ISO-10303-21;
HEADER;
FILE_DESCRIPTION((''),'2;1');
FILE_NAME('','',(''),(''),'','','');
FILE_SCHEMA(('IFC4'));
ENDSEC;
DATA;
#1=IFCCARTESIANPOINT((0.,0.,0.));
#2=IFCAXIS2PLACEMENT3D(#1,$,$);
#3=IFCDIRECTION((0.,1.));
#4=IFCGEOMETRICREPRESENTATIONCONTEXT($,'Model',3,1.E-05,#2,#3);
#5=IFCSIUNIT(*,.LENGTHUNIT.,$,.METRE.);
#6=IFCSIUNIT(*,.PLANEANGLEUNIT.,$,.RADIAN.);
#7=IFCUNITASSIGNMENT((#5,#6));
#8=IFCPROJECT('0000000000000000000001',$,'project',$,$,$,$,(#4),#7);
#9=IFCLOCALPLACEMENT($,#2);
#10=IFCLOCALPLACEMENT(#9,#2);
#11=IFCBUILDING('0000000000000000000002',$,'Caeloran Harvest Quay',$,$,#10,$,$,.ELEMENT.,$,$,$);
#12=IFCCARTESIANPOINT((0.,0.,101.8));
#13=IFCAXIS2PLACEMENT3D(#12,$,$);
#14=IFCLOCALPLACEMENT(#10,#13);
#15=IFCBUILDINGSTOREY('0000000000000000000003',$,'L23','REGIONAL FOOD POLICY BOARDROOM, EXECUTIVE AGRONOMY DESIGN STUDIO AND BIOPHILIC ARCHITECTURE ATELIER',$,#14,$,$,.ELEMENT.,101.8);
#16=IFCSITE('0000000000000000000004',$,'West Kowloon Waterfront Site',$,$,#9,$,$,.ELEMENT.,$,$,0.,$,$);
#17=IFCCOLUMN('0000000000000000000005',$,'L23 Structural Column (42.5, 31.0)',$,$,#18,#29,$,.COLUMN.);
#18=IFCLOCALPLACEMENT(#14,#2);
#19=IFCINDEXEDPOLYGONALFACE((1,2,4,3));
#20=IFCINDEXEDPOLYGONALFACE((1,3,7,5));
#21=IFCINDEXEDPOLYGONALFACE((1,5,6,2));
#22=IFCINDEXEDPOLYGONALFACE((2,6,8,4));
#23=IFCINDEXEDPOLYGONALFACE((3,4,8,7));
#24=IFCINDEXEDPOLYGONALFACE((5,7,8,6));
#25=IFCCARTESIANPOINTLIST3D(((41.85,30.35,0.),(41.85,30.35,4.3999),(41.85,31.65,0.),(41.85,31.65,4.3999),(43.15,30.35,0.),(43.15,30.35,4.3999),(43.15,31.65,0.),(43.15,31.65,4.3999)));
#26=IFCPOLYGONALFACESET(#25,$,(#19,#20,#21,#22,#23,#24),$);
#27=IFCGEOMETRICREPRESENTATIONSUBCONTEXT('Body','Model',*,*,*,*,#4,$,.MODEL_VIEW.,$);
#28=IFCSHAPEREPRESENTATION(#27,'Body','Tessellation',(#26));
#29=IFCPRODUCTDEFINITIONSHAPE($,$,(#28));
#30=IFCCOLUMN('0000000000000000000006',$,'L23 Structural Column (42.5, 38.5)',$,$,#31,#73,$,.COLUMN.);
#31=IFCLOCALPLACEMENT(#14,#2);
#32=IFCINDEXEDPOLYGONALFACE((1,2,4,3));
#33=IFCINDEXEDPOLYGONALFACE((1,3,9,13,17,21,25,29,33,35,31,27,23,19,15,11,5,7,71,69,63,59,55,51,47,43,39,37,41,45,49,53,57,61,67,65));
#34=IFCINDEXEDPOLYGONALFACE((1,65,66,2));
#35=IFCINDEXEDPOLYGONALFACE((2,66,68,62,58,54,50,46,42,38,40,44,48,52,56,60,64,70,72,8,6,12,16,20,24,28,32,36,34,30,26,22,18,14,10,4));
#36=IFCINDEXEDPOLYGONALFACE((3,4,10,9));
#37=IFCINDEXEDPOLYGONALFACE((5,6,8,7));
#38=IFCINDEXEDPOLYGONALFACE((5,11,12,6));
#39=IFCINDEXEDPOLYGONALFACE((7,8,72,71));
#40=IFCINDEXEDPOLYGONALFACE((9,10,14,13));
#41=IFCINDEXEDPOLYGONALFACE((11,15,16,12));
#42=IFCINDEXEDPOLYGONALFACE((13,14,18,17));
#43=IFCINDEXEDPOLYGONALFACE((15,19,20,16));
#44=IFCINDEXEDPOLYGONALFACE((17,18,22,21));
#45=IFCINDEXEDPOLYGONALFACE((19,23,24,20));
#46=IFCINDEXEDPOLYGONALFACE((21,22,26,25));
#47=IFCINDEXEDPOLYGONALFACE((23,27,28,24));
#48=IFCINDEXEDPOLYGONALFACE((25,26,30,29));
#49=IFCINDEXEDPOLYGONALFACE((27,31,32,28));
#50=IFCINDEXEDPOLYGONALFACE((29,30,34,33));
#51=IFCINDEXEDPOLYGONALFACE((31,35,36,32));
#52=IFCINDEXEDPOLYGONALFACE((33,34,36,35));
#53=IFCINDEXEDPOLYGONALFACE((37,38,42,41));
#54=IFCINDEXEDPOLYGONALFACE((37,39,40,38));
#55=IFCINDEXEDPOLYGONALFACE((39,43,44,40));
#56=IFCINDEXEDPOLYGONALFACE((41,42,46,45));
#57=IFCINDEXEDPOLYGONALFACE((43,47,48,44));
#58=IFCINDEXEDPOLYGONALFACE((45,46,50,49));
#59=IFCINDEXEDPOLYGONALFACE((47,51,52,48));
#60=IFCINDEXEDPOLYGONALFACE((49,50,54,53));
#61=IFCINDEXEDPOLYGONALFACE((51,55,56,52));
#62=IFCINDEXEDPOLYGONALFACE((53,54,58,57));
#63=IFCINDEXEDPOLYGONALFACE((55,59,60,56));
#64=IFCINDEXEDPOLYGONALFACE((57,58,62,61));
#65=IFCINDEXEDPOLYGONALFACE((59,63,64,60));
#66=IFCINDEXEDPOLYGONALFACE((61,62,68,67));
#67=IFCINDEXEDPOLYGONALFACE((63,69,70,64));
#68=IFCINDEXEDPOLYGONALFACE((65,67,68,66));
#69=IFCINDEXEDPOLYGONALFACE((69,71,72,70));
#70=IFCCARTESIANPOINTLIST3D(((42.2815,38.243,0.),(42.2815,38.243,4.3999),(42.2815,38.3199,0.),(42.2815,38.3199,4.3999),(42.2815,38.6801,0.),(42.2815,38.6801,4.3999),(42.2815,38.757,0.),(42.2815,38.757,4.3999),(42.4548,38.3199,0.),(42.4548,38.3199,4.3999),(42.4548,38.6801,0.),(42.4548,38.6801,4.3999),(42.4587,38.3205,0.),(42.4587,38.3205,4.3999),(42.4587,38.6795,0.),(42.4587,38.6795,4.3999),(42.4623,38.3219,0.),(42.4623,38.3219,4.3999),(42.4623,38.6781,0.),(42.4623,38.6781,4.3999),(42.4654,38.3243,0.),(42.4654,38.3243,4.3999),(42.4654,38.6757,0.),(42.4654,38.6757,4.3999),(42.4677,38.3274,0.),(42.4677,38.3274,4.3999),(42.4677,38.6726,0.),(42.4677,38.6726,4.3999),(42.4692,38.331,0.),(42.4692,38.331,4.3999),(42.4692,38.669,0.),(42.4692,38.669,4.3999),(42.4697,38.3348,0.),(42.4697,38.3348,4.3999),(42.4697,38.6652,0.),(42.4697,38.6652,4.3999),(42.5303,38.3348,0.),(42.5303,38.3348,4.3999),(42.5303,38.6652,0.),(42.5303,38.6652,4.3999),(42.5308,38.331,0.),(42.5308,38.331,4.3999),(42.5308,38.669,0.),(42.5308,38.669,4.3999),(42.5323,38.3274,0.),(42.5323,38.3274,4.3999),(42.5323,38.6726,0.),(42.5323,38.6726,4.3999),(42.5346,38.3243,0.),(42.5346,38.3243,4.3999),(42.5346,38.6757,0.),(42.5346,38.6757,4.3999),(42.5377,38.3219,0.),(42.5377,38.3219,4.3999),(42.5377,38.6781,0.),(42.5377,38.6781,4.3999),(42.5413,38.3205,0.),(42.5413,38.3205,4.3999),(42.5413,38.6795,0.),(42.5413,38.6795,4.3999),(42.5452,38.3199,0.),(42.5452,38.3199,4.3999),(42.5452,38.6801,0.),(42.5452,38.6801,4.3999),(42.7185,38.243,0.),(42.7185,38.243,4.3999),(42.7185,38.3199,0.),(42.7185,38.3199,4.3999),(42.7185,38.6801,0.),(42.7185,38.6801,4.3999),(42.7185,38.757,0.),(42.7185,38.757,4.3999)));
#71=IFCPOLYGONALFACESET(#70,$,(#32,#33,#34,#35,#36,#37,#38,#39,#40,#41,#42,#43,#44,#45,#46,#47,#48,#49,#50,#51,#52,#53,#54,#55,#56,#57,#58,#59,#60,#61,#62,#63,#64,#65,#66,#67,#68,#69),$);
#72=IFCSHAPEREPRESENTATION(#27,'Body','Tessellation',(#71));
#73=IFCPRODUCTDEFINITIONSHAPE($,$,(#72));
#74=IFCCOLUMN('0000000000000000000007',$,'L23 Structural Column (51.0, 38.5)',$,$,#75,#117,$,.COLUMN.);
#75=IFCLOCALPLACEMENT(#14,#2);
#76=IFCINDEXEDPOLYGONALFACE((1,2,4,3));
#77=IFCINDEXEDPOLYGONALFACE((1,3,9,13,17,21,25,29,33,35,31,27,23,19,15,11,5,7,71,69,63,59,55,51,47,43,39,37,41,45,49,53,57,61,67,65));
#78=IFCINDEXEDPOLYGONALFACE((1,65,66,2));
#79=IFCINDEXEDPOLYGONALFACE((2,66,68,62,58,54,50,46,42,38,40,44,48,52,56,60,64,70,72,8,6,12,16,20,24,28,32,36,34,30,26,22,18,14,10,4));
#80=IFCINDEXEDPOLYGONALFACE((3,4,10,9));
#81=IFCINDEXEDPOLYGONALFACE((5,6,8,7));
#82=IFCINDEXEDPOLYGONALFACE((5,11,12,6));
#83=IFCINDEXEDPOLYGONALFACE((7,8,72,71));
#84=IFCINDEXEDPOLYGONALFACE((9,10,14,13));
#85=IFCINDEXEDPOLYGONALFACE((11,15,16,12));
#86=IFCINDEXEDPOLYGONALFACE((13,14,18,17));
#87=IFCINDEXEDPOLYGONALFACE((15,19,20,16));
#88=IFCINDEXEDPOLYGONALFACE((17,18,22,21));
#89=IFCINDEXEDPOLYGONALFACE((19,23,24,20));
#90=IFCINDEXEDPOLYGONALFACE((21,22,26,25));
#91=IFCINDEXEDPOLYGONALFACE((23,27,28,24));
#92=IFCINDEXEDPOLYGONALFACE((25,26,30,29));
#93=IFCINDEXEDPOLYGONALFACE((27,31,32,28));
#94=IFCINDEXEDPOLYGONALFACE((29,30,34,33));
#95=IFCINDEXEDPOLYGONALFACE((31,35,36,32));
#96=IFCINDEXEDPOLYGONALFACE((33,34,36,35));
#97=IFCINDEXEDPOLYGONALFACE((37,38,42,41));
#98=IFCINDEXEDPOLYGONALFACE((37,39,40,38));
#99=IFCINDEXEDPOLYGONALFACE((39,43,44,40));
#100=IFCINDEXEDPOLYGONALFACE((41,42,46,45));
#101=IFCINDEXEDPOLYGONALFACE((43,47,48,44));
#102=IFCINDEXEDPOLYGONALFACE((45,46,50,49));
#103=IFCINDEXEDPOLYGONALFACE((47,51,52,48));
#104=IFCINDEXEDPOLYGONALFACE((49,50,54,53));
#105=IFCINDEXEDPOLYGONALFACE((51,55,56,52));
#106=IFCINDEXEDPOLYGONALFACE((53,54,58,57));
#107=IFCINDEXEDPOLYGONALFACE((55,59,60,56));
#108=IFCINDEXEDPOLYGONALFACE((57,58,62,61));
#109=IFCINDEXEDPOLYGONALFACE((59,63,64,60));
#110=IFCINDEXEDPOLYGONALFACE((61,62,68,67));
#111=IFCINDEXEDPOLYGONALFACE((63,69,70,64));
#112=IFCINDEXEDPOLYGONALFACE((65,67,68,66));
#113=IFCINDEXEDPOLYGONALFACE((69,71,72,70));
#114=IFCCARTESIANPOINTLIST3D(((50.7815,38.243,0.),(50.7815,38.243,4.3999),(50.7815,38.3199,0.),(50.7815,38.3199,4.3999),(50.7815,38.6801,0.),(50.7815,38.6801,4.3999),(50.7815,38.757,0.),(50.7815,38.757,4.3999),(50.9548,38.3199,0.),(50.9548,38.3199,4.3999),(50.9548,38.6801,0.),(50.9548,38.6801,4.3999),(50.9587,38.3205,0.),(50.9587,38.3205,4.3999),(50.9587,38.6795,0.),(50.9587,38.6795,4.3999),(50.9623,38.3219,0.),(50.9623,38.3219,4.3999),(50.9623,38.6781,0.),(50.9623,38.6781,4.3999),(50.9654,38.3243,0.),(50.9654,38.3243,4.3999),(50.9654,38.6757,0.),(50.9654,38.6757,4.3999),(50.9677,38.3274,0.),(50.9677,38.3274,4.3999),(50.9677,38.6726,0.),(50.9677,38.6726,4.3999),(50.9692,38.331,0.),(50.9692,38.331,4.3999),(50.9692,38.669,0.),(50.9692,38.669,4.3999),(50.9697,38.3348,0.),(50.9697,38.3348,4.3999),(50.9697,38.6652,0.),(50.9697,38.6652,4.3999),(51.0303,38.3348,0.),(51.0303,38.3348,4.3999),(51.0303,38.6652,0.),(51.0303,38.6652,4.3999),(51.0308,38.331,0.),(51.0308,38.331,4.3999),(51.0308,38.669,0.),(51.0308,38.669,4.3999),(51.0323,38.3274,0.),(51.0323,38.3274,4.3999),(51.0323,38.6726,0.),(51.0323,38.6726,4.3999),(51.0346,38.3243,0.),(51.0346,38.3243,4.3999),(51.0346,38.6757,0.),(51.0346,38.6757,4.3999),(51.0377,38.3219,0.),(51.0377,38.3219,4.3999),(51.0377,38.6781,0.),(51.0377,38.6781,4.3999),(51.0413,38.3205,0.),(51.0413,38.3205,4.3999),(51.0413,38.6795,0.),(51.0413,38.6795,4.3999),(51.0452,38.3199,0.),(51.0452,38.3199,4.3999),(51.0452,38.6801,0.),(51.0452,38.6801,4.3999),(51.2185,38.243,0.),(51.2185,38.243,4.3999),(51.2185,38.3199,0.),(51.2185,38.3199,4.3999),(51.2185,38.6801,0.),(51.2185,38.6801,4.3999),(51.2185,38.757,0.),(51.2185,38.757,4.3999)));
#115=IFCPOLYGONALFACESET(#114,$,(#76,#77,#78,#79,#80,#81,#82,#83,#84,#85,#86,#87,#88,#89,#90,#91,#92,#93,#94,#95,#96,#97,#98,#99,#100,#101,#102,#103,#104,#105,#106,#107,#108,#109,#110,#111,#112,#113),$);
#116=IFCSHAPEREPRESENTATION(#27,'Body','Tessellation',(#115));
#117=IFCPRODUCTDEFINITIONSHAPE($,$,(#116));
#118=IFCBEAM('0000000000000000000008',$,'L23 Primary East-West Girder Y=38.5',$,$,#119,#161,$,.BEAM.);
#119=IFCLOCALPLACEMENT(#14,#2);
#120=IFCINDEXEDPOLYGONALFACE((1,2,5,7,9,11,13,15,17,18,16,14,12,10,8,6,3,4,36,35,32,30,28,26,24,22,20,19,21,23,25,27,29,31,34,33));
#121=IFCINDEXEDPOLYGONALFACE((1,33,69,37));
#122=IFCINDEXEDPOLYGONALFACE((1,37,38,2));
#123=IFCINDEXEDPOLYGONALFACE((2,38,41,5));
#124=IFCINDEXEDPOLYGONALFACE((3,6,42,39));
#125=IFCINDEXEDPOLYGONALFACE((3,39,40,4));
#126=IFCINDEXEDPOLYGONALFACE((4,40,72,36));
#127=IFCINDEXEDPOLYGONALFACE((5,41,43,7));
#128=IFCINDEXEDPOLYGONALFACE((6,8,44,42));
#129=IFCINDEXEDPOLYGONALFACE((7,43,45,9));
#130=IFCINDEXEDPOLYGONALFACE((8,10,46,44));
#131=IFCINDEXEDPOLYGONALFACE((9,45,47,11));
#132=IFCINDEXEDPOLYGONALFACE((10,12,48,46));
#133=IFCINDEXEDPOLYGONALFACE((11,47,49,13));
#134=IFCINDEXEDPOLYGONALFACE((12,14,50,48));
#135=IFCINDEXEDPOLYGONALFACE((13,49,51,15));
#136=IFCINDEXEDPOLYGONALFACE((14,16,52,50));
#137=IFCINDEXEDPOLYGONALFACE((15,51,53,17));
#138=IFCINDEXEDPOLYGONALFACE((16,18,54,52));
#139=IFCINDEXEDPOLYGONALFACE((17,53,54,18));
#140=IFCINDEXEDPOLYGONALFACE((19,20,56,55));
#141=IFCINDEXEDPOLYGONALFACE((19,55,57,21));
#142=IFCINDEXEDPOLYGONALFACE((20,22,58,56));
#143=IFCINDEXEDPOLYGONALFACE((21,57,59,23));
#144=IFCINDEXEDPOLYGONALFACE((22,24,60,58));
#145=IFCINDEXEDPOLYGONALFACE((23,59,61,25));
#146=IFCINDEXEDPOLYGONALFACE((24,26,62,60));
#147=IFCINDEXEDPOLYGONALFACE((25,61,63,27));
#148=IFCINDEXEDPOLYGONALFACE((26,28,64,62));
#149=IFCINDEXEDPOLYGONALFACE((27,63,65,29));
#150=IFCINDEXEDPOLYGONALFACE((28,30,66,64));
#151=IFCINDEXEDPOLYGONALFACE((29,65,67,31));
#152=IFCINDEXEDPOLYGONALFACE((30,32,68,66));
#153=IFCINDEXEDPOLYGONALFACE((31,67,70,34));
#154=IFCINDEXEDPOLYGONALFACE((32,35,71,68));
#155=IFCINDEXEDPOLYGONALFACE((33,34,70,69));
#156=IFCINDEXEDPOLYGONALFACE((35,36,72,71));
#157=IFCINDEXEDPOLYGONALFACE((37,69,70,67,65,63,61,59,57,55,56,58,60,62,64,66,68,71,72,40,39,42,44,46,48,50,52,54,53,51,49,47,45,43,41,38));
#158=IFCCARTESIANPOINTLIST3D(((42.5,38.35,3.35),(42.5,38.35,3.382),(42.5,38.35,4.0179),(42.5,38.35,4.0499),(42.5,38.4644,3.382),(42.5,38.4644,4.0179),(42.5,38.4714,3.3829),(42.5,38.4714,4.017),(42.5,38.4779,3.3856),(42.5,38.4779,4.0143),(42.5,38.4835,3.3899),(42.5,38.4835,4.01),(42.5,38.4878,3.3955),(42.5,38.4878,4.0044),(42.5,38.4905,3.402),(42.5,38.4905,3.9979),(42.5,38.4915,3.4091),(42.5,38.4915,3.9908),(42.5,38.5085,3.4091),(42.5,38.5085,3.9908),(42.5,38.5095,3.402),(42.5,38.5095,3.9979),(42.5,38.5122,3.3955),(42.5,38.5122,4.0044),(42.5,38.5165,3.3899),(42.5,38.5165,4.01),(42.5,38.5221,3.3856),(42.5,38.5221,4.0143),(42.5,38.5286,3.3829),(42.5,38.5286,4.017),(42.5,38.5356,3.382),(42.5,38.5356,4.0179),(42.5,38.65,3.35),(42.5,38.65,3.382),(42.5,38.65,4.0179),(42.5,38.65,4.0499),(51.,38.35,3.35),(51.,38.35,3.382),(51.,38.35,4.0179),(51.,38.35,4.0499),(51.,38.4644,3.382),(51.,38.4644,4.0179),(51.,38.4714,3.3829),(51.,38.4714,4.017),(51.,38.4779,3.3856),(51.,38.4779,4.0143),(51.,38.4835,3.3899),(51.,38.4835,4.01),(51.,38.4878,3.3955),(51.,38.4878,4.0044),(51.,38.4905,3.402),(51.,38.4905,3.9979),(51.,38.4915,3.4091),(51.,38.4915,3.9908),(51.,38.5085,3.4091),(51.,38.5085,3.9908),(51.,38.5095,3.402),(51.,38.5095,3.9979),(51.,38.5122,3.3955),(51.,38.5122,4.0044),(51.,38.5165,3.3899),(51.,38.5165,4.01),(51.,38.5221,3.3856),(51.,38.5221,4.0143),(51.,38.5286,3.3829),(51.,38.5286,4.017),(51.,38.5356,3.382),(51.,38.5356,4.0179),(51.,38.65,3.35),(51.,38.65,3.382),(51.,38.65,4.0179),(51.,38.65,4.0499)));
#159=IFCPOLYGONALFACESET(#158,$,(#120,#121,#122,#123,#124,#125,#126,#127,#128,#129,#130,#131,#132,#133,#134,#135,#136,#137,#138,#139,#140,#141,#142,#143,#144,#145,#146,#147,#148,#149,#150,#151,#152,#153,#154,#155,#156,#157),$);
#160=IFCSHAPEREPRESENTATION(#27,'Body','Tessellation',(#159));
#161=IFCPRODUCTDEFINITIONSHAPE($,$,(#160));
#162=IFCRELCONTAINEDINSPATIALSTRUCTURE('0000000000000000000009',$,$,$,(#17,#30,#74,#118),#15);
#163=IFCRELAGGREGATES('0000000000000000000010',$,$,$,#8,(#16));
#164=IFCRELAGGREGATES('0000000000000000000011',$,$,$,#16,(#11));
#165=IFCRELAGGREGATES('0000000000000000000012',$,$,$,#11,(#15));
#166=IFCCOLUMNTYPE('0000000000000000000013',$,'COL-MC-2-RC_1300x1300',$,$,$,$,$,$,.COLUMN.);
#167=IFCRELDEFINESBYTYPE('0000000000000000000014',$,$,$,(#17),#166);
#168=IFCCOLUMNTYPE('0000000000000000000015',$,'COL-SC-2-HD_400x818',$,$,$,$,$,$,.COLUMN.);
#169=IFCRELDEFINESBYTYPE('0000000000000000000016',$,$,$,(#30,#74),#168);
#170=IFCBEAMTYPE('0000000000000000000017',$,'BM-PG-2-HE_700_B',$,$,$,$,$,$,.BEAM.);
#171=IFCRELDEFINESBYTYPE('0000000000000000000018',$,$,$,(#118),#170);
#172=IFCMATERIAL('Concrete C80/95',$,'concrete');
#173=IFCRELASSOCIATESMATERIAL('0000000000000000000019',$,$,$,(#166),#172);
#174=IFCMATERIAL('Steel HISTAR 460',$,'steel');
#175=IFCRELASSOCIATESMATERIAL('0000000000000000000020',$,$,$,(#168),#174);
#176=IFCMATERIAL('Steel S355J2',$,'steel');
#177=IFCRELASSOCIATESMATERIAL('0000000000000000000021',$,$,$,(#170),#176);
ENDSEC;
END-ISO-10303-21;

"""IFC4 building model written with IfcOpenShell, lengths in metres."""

from ifc_helpers import new_model, si_unit, direction, frame, origin, origin_2d, place, context, subcontext, project, spatial, rectangle, i_section, extrude, material, material_profile, profile_set, type_object, element, save


model = new_model("IFC4")

# Units and contexts
model_context = context("Model", 3, precision=1e-05, world=origin(), true_north=direction((0.0, 1.0)))
body_context = subcontext(model_context, "Body", "Model", "MODEL_VIEW")
ifc_project = project(units=[si_unit("LENGTHUNIT", "METRE"), si_unit("PLANEANGLEUNIT", "RADIAN")], contexts=[model_context])

# Site, building, storey
site_placement = place(None, origin())
site = spatial("IfcSite", under=ifc_project, at=site_placement, Name="West Kowloon Waterfront Site", CompositionType="ELEMENT", RefElevation=0.0)
building_placement = place(site_placement, origin())
building = spatial("IfcBuilding", under=site, at=building_placement, Name="Caeloran Harvest Quay", CompositionType="ELEMENT")
storey_placement = place(building_placement, frame((0.0, 0.0, 101.8)))
storey = spatial("IfcBuildingStorey", under=building, at=storey_placement, Name="L23", Description="REGIONAL FOOD POLICY BOARDROOM, EXECUTIVE AGRONOMY DESIGN STUDIO AND BIOPHILIC ARCHITECTURE ATELIER", CompositionType="ELEMENT", Elevation=101.8)

# Columns
ifc_material_1 = material(Name="Concrete C80/95", Category="concrete")
ifc_material_profile_1 = material_profile(ifc_material_1, rectangle(XDim=1.3, YDim=1.3, at=origin_2d()), Name="RC 1300x1300")
ifc_profile_set_1 = profile_set([ifc_material_profile_1], Name="Concrete C80/95")
column_type_1 = type_object("IfcColumnType", Name="COL-MC-2-RC_1300x1300", PredefinedType="COLUMN", material=ifc_profile_set_1)
column_placement = place(storey_placement, frame((42.5, 31.0, 0.0), z_axis=(0.0, 0.0, 1.0), x_axis=(1.0, 0.0, 0.0)))
element("IfcColumn", 1, at=column_placement, inside=storey, type_object=column_type_1, Name="L23 Structural Column (42.5, 31.0)", PredefinedType="COLUMN", context=body_context, shape_type="SweptSolid", body=[
    extrude(rectangle(XDim=1.3, YDim=1.3, at=origin_2d()), origin(), (0.0, 0.0, 1.0), 4.3999),
])
ifc_material_2 = material(Name="Steel HISTAR 460", Category="steel")
ifc_material_profile_2 = material_profile(ifc_material_2, i_section(OverallWidth=0.437, OverallDepth=0.5139, WebThickness=0.0605, FlangeThickness=0.0769, FilletRadius=0.0149, at=origin_2d()), Name="HD 400x818")
ifc_profile_set_2 = profile_set([ifc_material_profile_2], Name="Steel HISTAR 460")
column_type_2 = type_object("IfcColumnType", Name="COL-SC-2-HD_400x818", PredefinedType="COLUMN", material=ifc_profile_set_2)
for number, where, z_axis, x_axis, name in (
    (2, (42.5, 38.5, 0.0), (0.0, 0.0, 1.0), (1.0, 0.0, 0.0), "L23 Structural Column (42.5, 38.5)"),
    (3, (51.0, 38.5, 0.0), (0.0, 0.0, 1.0), (1.0, 0.0, 0.0), "L23 Structural Column (51.0, 38.5)"),
):
    element("IfcColumn", number, at=place(storey_placement, frame(where, z_axis=z_axis, x_axis=x_axis)), inside=storey, type_object=column_type_2, Name=name, PredefinedType="COLUMN", context=body_context, shape_type="SweptSolid", body=[
        extrude(i_section(OverallWidth=0.437, OverallDepth=0.5139, WebThickness=0.0605, FlangeThickness=0.0769, FilletRadius=0.0149, at=origin_2d()), origin(), (0.0, 0.0, 1.0), 4.3999),
    ])

# Beam
ifc_material_3 = material(Name="Steel S355J2", Category="steel")
ifc_material_profile_3 = material_profile(ifc_material_3, i_section(OverallWidth=0.3, OverallDepth=0.7, WebThickness=0.0171, FlangeThickness=0.032, FilletRadius=0.0271, at=origin_2d()), Name="HE 700 B")
ifc_profile_set_3 = profile_set([ifc_material_profile_3], Name="Steel S355J2")
beam_type = type_object("IfcBeamType", Name="BM-PG-2-HE_700_B", PredefinedType="BEAM", material=ifc_profile_set_3)
beam_1_placement = place(storey_placement, frame((42.5, 38.5, 3.7), z_axis=(1.0, 0.0, 0.0), x_axis=(0.0, 1.0, 0.0)))
element("IfcBeam", 4, at=beam_1_placement, inside=storey, type_object=beam_type, Name="L23 Primary East-West Girder Y=38.5", PredefinedType="BEAM", context=body_context, shape_type="SweptSolid", body=[
    extrude(i_section(OverallWidth=0.3, OverallDepth=0.7, WebThickness=0.0171, FlangeThickness=0.032, FilletRadius=0.0271, at=origin_2d()), origin(), (0.0, 0.0, 1.0), 8.5),
])

save(model, "model.ifc")
